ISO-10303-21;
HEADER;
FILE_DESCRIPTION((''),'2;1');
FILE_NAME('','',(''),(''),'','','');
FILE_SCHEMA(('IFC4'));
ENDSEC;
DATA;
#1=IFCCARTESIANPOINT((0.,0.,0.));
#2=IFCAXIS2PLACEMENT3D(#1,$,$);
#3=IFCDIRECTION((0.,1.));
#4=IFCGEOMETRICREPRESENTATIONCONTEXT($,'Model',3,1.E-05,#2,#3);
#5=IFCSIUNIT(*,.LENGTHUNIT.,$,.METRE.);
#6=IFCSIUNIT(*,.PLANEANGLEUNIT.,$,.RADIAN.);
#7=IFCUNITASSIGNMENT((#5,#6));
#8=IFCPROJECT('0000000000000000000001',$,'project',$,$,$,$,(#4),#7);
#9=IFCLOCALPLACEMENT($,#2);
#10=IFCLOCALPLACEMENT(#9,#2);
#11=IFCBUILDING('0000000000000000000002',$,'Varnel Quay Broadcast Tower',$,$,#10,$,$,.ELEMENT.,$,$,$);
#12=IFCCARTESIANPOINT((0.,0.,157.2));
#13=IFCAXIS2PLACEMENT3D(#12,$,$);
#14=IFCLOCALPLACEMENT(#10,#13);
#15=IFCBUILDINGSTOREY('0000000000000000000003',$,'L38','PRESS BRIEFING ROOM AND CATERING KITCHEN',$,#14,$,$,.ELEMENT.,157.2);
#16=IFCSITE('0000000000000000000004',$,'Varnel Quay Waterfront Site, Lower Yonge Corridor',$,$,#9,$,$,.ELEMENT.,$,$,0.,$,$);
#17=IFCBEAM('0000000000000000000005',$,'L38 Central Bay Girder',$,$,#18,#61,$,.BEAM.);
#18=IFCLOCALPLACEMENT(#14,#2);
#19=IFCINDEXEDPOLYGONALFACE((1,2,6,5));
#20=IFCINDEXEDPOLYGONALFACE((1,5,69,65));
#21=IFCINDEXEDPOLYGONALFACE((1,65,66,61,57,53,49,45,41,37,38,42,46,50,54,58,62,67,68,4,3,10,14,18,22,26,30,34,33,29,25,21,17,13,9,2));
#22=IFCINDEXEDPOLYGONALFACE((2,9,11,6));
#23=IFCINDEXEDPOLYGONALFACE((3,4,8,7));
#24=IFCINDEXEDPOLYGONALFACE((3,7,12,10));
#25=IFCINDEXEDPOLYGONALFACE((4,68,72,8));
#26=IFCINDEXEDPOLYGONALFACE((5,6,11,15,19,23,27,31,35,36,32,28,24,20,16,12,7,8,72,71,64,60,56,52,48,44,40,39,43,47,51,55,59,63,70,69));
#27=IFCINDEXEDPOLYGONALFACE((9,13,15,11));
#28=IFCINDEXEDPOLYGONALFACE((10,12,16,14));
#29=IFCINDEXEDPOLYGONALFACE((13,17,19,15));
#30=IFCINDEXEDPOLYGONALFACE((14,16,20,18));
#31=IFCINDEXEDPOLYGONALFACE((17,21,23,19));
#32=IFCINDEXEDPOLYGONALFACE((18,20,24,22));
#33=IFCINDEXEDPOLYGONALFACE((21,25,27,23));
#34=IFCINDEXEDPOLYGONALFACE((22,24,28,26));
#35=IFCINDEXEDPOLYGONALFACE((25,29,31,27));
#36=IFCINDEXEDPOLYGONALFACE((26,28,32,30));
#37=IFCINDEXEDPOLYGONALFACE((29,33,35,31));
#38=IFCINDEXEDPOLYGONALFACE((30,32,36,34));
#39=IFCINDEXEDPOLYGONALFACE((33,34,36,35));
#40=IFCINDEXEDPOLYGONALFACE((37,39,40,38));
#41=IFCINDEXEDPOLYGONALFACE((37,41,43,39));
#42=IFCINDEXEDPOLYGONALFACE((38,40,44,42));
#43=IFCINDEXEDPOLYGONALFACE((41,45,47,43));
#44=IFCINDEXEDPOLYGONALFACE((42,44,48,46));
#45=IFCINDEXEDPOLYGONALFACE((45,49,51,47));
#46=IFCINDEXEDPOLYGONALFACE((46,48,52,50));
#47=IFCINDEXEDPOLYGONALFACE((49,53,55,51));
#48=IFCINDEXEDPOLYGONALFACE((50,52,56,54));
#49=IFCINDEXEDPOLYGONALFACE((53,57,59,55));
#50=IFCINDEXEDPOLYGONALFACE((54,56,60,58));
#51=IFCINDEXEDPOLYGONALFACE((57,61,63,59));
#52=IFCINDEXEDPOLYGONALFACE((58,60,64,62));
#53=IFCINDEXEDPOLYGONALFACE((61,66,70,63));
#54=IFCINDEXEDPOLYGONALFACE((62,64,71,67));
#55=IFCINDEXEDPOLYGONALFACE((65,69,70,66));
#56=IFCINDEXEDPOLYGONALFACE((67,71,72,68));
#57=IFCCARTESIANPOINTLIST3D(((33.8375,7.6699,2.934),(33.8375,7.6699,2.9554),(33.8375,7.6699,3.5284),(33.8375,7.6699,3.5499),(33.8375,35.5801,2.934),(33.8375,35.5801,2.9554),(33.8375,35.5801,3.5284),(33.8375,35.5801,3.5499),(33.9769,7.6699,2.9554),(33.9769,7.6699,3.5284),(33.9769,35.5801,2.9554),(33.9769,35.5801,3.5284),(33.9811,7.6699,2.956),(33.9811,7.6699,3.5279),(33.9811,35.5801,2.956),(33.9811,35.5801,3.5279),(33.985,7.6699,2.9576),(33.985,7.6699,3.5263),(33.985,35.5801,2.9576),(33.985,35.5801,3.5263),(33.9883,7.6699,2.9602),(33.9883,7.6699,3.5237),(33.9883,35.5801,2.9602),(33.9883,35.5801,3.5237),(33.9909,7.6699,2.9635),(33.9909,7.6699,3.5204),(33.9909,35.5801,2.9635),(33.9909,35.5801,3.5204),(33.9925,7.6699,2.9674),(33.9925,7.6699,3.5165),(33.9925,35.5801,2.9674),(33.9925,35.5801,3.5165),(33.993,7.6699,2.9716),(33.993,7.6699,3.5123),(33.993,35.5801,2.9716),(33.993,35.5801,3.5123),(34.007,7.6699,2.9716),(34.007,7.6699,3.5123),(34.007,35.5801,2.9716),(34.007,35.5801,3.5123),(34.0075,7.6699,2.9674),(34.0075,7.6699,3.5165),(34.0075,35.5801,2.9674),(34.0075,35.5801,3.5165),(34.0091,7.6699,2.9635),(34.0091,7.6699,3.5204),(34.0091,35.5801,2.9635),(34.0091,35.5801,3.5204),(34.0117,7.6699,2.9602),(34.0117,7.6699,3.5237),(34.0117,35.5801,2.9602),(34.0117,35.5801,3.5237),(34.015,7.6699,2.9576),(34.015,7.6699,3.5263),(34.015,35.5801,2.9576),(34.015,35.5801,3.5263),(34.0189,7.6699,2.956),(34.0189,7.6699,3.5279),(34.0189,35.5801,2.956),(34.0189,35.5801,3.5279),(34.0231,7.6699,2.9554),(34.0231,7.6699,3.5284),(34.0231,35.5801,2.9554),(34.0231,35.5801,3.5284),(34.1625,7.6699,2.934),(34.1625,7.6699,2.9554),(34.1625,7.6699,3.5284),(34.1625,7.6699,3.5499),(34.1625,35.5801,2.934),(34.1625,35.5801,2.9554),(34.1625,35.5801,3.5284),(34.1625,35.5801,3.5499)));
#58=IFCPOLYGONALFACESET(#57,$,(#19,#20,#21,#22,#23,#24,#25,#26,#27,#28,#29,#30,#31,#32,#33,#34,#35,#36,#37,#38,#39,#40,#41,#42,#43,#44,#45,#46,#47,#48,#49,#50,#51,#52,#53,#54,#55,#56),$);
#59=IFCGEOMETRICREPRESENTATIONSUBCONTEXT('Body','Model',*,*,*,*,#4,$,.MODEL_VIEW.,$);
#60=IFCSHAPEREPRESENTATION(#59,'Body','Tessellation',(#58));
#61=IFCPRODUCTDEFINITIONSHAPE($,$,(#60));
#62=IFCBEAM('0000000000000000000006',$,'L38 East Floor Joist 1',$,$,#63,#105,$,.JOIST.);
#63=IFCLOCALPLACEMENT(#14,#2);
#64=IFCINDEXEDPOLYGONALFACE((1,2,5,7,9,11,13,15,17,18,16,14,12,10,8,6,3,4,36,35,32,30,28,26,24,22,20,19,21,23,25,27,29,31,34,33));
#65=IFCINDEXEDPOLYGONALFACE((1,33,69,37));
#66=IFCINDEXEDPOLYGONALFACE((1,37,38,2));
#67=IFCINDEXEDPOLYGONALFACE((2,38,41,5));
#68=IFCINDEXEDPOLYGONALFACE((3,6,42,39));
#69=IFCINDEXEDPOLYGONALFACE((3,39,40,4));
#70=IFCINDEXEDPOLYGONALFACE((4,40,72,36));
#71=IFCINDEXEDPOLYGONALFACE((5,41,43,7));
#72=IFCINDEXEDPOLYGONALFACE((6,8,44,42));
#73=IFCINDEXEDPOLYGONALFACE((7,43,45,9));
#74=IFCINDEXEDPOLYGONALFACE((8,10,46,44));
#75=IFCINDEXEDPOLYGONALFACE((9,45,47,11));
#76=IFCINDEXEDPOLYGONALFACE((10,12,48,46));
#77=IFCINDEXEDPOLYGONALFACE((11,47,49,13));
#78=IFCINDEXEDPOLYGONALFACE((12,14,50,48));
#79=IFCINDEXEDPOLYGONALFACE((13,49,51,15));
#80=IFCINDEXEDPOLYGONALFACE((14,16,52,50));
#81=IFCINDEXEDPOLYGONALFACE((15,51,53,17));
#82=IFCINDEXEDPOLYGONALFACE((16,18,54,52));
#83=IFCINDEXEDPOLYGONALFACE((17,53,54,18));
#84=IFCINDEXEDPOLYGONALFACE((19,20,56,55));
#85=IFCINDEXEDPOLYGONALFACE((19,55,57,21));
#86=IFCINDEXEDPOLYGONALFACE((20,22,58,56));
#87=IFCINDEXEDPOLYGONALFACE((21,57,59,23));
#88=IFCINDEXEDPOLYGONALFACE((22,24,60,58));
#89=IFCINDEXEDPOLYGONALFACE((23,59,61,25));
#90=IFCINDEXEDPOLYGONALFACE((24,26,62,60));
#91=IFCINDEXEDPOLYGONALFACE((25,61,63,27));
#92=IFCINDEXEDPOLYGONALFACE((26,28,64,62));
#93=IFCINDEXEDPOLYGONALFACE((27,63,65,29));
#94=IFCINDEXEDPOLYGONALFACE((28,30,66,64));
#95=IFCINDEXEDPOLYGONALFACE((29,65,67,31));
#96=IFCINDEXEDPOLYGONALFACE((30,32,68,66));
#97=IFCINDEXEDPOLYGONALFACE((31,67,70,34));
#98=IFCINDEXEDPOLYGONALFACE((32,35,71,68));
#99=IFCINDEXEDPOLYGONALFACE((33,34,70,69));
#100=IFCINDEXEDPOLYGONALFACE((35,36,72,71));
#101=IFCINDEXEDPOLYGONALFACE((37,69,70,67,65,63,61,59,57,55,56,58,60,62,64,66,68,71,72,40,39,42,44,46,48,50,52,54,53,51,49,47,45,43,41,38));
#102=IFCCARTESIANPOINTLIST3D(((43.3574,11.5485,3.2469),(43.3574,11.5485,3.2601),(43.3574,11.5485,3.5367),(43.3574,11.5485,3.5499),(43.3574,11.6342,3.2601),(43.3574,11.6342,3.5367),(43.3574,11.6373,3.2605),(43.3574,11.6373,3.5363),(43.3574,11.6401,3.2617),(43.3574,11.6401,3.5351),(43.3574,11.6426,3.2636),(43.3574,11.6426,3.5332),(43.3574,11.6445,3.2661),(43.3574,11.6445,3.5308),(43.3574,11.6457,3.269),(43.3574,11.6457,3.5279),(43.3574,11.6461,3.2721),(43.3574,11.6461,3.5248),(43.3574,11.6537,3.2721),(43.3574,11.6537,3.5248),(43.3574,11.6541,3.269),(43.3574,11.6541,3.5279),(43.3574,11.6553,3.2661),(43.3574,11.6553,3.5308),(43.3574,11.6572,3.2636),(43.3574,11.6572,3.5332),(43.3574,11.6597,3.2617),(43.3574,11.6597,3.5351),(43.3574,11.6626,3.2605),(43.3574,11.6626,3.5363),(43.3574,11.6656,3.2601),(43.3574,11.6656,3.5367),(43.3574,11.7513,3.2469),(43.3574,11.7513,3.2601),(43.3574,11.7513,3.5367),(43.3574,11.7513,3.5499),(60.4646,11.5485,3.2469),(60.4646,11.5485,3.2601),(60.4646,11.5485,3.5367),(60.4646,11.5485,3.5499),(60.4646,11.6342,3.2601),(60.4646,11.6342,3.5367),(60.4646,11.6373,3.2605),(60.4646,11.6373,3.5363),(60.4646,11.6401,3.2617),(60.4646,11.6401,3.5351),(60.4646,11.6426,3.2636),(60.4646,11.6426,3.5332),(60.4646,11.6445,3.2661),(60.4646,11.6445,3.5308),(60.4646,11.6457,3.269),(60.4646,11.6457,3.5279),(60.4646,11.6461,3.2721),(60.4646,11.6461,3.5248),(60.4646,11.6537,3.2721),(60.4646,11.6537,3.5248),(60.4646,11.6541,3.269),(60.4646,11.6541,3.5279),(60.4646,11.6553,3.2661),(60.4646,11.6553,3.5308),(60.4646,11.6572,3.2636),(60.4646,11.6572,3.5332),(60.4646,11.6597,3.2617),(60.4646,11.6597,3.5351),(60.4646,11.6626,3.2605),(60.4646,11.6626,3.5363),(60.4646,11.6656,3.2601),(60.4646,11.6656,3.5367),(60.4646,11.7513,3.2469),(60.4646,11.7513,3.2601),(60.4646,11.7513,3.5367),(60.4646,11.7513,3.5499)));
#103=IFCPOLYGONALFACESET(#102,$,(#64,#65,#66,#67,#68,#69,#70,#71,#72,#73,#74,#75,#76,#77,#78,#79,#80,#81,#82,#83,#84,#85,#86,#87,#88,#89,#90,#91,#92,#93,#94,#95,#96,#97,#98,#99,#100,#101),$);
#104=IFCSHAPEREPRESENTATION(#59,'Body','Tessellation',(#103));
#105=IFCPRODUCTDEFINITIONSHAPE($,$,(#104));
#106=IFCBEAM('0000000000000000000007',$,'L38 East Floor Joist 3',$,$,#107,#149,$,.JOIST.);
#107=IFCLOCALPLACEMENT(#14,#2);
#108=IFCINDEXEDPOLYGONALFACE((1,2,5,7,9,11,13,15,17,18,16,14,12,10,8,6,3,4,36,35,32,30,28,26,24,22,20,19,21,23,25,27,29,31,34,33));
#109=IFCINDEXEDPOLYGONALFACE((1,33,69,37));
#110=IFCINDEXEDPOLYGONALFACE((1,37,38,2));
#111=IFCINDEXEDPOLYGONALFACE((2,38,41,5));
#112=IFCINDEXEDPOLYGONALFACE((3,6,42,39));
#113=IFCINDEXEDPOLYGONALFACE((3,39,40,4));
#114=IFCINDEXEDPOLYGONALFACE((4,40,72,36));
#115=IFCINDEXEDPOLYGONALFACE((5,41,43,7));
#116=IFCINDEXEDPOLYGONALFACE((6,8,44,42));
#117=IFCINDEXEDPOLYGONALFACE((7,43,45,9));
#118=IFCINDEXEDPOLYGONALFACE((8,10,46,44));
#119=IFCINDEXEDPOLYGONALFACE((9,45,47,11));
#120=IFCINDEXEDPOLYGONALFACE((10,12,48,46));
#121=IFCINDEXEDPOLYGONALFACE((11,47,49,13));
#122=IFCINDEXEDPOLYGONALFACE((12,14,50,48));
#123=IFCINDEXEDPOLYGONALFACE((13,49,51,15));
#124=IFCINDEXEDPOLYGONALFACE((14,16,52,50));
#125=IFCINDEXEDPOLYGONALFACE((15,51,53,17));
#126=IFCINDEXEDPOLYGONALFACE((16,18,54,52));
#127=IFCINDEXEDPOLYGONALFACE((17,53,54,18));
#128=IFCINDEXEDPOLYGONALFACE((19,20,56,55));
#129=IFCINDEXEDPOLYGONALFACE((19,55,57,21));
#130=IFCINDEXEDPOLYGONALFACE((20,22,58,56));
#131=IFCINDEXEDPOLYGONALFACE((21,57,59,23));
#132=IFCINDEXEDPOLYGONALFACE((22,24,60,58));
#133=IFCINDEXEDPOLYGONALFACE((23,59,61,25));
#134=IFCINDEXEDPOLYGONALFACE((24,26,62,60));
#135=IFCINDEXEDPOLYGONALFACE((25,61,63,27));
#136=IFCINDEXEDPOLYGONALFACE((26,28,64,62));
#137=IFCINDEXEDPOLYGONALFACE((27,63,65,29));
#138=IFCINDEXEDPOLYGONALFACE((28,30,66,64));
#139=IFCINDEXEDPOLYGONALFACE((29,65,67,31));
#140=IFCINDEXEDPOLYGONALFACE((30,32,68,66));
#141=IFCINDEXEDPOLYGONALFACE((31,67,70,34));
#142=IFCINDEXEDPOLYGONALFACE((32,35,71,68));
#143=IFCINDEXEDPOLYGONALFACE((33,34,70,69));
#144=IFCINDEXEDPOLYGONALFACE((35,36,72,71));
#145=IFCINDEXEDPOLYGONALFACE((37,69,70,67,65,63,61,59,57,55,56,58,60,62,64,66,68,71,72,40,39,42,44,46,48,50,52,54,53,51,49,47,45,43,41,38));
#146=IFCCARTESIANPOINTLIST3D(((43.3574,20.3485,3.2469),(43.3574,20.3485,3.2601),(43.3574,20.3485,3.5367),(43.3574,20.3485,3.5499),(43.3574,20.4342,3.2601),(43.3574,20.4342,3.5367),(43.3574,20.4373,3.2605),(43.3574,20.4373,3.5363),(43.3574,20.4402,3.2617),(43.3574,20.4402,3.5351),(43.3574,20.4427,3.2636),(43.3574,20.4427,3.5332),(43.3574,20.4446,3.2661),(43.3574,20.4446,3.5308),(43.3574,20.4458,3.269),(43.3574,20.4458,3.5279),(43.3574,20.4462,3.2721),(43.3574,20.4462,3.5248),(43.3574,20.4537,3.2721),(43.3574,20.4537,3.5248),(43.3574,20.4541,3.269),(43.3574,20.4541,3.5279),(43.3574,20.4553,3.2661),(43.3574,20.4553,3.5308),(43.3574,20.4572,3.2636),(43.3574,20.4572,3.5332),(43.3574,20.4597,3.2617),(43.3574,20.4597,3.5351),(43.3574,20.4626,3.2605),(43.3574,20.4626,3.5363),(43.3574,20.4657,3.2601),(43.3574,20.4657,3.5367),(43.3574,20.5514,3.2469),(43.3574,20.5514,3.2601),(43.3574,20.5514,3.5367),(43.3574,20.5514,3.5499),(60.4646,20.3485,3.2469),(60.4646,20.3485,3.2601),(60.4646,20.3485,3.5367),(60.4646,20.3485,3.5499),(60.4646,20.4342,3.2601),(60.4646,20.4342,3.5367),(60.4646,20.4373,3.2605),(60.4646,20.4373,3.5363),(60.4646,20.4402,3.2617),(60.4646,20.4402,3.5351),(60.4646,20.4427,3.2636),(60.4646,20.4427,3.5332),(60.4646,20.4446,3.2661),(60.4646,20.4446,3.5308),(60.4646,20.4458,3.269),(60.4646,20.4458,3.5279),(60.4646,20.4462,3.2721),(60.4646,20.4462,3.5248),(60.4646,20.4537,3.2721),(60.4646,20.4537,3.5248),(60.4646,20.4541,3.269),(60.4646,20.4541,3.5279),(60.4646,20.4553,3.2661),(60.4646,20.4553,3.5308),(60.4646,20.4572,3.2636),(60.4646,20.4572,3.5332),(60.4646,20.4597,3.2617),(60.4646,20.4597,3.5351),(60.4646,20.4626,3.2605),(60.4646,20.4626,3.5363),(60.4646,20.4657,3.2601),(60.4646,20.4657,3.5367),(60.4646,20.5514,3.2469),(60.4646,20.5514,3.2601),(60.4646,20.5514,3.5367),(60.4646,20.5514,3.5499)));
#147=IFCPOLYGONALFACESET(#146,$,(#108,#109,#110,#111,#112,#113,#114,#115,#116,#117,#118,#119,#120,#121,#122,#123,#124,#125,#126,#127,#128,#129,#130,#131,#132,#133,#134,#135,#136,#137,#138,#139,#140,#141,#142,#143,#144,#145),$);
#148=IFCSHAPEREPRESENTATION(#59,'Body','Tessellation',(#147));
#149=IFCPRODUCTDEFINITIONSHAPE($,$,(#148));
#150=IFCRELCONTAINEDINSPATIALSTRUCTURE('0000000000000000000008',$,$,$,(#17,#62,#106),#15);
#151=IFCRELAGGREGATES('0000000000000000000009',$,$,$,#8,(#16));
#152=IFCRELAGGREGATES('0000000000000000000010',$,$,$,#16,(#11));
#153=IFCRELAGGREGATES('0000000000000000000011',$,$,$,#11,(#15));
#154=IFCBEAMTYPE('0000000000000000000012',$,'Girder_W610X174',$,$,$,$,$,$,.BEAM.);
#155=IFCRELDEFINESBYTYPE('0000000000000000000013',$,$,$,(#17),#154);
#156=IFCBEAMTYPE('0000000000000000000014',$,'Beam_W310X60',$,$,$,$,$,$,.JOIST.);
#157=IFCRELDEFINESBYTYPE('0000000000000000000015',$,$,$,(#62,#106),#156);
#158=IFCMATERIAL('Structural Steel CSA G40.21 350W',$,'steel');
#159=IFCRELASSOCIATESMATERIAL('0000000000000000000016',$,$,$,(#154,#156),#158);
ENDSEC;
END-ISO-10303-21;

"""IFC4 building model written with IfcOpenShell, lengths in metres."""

from ifc_helpers import new_model, si_unit, direction, frame, origin, origin_2d, place, context, subcontext, project, spatial, i_section, extrude, source, transform, mapped, material, material_profile, profile_set, type_object, type_shapes, element, save


model = new_model("IFC4")

# Units and contexts
model_context = context("Model", 3, precision=1e-05, world=origin(), true_north=direction((0.0, 1.0)))
body_context = subcontext(model_context, "Body", "Model", "MODEL_VIEW")
ifc_project = project(units=[si_unit("LENGTHUNIT", "METRE"), si_unit("PLANEANGLEUNIT", "RADIAN")], contexts=[model_context])

# Site, building, storey
site_placement = place(None, origin())
site = spatial("IfcSite", under=ifc_project, at=site_placement, Name="Varnel Quay Waterfront Site, Lower Yonge Corridor", CompositionType="ELEMENT", RefElevation=0.0)
building_placement = place(site_placement, origin())
building = spatial("IfcBuilding", under=site, at=building_placement, Name="Varnel Quay Broadcast Tower", CompositionType="ELEMENT")
storey_placement = place(building_placement, frame((0.0, 0.0, 157.2)))
storey = spatial("IfcBuildingStorey", under=building, at=storey_placement, Name="L38", Description="PRESS BRIEFING ROOM AND CATERING KITCHEN", CompositionType="ELEMENT", Elevation=157.2)

# Shared definitions
ifc_material_1 = material(Name="Structural Steel CSA G40.21 350W", Category="steel")

# Beams
ifc_material_profile_1 = material_profile(ifc_material_1, i_section(OverallWidth=0.325, OverallDepth=0.616, WebThickness=0.0139, FlangeThickness=0.0215, FilletRadius=0.0161, at=origin_2d()), Name="W610X174")
ifc_profile_set_1 = profile_set([ifc_material_profile_1], Name="Structural Steel CSA G40.21 350W")
beam_type_1 = type_object("IfcBeamType", Name="Girder_W610X174", PredefinedType="BEAM", material=ifc_profile_set_1)
shared_shape_1 = source(origin(), body_context, "Body", "SweptSolid", [
    extrude(i_section(OverallWidth=0.325, OverallDepth=0.616, WebThickness=0.0139, FlangeThickness=0.0215, FilletRadius=0.0161, at=origin_2d()), origin(), (0.0, 0.0, 1.0), 27.9102),
])
beam_1_placement = place(storey_placement, frame((34.0, 7.6699, 3.2419), z_axis=(0.0, 1.0, 0.0), x_axis=(-1.0, 0.0, 0.0)))
element("IfcBeam", 1, at=beam_1_placement, inside=storey, type_object=beam_type_1, Name="L38 Central Bay Girder", PredefinedType="BEAM", context=body_context, shape_type="MappedRepresentation", body=[
    mapped(shared_shape_1, transform((0.0, 0.0, 0.0), x_axis=(1.0, 0.0, 0.0), y_axis=(0.0, 1.0, 0.0), z_axis=(0.0, 0.0, 1.0), scale=1.0)),
])
ifc_material_profile_2 = material_profile(ifc_material_1, i_section(OverallWidth=0.2029, OverallDepth=0.303, WebThickness=0.0076, FlangeThickness=0.0132, FilletRadius=0.012, at=origin_2d()), Name="W310X60")
ifc_profile_set_2 = profile_set([ifc_material_profile_2], Name="Structural Steel CSA G40.21 350W")
beam_type_2 = type_object("IfcBeamType", Name="Beam_W310X60", PredefinedType="JOIST", material=ifc_profile_set_2)
shared_shape_2 = source(origin(), body_context, "Body", "SweptSolid", [
    extrude(i_section(OverallWidth=0.2029, OverallDepth=0.303, WebThickness=0.0076, FlangeThickness=0.0132, FilletRadius=0.012, at=origin_2d()), origin(), (0.0, 0.0, 1.0), 17.1072),
])
type_shapes(beam_type_2, [shared_shape_2])
for number, where, z_axis, x_axis, name in (
    (2, (43.3574, 11.6499, 3.3984), (1.0, 0.0, 0.0), (0.0, 1.0, 0.0), "L38 East Floor Joist 1"),
    (3, (43.3574, 20.45, 3.3984), (1.0, 0.0, 0.0), (0.0, 1.0, 0.0), "L38 East Floor Joist 3"),
):
    element("IfcBeam", number, at=place(storey_placement, frame(where, z_axis=z_axis, x_axis=x_axis)), inside=storey, type_object=beam_type_2, Name=name, PredefinedType="JOIST", context=body_context, shape_type="MappedRepresentation", body=[
        mapped(shared_shape_2, transform((0.0, 0.0, 0.0), x_axis=(1.0, 0.0, 0.0), y_axis=(0.0, 1.0, 0.0), z_axis=(0.0, 0.0, 1.0), scale=1.0)),
    ])

save(model, "model.ifc")
